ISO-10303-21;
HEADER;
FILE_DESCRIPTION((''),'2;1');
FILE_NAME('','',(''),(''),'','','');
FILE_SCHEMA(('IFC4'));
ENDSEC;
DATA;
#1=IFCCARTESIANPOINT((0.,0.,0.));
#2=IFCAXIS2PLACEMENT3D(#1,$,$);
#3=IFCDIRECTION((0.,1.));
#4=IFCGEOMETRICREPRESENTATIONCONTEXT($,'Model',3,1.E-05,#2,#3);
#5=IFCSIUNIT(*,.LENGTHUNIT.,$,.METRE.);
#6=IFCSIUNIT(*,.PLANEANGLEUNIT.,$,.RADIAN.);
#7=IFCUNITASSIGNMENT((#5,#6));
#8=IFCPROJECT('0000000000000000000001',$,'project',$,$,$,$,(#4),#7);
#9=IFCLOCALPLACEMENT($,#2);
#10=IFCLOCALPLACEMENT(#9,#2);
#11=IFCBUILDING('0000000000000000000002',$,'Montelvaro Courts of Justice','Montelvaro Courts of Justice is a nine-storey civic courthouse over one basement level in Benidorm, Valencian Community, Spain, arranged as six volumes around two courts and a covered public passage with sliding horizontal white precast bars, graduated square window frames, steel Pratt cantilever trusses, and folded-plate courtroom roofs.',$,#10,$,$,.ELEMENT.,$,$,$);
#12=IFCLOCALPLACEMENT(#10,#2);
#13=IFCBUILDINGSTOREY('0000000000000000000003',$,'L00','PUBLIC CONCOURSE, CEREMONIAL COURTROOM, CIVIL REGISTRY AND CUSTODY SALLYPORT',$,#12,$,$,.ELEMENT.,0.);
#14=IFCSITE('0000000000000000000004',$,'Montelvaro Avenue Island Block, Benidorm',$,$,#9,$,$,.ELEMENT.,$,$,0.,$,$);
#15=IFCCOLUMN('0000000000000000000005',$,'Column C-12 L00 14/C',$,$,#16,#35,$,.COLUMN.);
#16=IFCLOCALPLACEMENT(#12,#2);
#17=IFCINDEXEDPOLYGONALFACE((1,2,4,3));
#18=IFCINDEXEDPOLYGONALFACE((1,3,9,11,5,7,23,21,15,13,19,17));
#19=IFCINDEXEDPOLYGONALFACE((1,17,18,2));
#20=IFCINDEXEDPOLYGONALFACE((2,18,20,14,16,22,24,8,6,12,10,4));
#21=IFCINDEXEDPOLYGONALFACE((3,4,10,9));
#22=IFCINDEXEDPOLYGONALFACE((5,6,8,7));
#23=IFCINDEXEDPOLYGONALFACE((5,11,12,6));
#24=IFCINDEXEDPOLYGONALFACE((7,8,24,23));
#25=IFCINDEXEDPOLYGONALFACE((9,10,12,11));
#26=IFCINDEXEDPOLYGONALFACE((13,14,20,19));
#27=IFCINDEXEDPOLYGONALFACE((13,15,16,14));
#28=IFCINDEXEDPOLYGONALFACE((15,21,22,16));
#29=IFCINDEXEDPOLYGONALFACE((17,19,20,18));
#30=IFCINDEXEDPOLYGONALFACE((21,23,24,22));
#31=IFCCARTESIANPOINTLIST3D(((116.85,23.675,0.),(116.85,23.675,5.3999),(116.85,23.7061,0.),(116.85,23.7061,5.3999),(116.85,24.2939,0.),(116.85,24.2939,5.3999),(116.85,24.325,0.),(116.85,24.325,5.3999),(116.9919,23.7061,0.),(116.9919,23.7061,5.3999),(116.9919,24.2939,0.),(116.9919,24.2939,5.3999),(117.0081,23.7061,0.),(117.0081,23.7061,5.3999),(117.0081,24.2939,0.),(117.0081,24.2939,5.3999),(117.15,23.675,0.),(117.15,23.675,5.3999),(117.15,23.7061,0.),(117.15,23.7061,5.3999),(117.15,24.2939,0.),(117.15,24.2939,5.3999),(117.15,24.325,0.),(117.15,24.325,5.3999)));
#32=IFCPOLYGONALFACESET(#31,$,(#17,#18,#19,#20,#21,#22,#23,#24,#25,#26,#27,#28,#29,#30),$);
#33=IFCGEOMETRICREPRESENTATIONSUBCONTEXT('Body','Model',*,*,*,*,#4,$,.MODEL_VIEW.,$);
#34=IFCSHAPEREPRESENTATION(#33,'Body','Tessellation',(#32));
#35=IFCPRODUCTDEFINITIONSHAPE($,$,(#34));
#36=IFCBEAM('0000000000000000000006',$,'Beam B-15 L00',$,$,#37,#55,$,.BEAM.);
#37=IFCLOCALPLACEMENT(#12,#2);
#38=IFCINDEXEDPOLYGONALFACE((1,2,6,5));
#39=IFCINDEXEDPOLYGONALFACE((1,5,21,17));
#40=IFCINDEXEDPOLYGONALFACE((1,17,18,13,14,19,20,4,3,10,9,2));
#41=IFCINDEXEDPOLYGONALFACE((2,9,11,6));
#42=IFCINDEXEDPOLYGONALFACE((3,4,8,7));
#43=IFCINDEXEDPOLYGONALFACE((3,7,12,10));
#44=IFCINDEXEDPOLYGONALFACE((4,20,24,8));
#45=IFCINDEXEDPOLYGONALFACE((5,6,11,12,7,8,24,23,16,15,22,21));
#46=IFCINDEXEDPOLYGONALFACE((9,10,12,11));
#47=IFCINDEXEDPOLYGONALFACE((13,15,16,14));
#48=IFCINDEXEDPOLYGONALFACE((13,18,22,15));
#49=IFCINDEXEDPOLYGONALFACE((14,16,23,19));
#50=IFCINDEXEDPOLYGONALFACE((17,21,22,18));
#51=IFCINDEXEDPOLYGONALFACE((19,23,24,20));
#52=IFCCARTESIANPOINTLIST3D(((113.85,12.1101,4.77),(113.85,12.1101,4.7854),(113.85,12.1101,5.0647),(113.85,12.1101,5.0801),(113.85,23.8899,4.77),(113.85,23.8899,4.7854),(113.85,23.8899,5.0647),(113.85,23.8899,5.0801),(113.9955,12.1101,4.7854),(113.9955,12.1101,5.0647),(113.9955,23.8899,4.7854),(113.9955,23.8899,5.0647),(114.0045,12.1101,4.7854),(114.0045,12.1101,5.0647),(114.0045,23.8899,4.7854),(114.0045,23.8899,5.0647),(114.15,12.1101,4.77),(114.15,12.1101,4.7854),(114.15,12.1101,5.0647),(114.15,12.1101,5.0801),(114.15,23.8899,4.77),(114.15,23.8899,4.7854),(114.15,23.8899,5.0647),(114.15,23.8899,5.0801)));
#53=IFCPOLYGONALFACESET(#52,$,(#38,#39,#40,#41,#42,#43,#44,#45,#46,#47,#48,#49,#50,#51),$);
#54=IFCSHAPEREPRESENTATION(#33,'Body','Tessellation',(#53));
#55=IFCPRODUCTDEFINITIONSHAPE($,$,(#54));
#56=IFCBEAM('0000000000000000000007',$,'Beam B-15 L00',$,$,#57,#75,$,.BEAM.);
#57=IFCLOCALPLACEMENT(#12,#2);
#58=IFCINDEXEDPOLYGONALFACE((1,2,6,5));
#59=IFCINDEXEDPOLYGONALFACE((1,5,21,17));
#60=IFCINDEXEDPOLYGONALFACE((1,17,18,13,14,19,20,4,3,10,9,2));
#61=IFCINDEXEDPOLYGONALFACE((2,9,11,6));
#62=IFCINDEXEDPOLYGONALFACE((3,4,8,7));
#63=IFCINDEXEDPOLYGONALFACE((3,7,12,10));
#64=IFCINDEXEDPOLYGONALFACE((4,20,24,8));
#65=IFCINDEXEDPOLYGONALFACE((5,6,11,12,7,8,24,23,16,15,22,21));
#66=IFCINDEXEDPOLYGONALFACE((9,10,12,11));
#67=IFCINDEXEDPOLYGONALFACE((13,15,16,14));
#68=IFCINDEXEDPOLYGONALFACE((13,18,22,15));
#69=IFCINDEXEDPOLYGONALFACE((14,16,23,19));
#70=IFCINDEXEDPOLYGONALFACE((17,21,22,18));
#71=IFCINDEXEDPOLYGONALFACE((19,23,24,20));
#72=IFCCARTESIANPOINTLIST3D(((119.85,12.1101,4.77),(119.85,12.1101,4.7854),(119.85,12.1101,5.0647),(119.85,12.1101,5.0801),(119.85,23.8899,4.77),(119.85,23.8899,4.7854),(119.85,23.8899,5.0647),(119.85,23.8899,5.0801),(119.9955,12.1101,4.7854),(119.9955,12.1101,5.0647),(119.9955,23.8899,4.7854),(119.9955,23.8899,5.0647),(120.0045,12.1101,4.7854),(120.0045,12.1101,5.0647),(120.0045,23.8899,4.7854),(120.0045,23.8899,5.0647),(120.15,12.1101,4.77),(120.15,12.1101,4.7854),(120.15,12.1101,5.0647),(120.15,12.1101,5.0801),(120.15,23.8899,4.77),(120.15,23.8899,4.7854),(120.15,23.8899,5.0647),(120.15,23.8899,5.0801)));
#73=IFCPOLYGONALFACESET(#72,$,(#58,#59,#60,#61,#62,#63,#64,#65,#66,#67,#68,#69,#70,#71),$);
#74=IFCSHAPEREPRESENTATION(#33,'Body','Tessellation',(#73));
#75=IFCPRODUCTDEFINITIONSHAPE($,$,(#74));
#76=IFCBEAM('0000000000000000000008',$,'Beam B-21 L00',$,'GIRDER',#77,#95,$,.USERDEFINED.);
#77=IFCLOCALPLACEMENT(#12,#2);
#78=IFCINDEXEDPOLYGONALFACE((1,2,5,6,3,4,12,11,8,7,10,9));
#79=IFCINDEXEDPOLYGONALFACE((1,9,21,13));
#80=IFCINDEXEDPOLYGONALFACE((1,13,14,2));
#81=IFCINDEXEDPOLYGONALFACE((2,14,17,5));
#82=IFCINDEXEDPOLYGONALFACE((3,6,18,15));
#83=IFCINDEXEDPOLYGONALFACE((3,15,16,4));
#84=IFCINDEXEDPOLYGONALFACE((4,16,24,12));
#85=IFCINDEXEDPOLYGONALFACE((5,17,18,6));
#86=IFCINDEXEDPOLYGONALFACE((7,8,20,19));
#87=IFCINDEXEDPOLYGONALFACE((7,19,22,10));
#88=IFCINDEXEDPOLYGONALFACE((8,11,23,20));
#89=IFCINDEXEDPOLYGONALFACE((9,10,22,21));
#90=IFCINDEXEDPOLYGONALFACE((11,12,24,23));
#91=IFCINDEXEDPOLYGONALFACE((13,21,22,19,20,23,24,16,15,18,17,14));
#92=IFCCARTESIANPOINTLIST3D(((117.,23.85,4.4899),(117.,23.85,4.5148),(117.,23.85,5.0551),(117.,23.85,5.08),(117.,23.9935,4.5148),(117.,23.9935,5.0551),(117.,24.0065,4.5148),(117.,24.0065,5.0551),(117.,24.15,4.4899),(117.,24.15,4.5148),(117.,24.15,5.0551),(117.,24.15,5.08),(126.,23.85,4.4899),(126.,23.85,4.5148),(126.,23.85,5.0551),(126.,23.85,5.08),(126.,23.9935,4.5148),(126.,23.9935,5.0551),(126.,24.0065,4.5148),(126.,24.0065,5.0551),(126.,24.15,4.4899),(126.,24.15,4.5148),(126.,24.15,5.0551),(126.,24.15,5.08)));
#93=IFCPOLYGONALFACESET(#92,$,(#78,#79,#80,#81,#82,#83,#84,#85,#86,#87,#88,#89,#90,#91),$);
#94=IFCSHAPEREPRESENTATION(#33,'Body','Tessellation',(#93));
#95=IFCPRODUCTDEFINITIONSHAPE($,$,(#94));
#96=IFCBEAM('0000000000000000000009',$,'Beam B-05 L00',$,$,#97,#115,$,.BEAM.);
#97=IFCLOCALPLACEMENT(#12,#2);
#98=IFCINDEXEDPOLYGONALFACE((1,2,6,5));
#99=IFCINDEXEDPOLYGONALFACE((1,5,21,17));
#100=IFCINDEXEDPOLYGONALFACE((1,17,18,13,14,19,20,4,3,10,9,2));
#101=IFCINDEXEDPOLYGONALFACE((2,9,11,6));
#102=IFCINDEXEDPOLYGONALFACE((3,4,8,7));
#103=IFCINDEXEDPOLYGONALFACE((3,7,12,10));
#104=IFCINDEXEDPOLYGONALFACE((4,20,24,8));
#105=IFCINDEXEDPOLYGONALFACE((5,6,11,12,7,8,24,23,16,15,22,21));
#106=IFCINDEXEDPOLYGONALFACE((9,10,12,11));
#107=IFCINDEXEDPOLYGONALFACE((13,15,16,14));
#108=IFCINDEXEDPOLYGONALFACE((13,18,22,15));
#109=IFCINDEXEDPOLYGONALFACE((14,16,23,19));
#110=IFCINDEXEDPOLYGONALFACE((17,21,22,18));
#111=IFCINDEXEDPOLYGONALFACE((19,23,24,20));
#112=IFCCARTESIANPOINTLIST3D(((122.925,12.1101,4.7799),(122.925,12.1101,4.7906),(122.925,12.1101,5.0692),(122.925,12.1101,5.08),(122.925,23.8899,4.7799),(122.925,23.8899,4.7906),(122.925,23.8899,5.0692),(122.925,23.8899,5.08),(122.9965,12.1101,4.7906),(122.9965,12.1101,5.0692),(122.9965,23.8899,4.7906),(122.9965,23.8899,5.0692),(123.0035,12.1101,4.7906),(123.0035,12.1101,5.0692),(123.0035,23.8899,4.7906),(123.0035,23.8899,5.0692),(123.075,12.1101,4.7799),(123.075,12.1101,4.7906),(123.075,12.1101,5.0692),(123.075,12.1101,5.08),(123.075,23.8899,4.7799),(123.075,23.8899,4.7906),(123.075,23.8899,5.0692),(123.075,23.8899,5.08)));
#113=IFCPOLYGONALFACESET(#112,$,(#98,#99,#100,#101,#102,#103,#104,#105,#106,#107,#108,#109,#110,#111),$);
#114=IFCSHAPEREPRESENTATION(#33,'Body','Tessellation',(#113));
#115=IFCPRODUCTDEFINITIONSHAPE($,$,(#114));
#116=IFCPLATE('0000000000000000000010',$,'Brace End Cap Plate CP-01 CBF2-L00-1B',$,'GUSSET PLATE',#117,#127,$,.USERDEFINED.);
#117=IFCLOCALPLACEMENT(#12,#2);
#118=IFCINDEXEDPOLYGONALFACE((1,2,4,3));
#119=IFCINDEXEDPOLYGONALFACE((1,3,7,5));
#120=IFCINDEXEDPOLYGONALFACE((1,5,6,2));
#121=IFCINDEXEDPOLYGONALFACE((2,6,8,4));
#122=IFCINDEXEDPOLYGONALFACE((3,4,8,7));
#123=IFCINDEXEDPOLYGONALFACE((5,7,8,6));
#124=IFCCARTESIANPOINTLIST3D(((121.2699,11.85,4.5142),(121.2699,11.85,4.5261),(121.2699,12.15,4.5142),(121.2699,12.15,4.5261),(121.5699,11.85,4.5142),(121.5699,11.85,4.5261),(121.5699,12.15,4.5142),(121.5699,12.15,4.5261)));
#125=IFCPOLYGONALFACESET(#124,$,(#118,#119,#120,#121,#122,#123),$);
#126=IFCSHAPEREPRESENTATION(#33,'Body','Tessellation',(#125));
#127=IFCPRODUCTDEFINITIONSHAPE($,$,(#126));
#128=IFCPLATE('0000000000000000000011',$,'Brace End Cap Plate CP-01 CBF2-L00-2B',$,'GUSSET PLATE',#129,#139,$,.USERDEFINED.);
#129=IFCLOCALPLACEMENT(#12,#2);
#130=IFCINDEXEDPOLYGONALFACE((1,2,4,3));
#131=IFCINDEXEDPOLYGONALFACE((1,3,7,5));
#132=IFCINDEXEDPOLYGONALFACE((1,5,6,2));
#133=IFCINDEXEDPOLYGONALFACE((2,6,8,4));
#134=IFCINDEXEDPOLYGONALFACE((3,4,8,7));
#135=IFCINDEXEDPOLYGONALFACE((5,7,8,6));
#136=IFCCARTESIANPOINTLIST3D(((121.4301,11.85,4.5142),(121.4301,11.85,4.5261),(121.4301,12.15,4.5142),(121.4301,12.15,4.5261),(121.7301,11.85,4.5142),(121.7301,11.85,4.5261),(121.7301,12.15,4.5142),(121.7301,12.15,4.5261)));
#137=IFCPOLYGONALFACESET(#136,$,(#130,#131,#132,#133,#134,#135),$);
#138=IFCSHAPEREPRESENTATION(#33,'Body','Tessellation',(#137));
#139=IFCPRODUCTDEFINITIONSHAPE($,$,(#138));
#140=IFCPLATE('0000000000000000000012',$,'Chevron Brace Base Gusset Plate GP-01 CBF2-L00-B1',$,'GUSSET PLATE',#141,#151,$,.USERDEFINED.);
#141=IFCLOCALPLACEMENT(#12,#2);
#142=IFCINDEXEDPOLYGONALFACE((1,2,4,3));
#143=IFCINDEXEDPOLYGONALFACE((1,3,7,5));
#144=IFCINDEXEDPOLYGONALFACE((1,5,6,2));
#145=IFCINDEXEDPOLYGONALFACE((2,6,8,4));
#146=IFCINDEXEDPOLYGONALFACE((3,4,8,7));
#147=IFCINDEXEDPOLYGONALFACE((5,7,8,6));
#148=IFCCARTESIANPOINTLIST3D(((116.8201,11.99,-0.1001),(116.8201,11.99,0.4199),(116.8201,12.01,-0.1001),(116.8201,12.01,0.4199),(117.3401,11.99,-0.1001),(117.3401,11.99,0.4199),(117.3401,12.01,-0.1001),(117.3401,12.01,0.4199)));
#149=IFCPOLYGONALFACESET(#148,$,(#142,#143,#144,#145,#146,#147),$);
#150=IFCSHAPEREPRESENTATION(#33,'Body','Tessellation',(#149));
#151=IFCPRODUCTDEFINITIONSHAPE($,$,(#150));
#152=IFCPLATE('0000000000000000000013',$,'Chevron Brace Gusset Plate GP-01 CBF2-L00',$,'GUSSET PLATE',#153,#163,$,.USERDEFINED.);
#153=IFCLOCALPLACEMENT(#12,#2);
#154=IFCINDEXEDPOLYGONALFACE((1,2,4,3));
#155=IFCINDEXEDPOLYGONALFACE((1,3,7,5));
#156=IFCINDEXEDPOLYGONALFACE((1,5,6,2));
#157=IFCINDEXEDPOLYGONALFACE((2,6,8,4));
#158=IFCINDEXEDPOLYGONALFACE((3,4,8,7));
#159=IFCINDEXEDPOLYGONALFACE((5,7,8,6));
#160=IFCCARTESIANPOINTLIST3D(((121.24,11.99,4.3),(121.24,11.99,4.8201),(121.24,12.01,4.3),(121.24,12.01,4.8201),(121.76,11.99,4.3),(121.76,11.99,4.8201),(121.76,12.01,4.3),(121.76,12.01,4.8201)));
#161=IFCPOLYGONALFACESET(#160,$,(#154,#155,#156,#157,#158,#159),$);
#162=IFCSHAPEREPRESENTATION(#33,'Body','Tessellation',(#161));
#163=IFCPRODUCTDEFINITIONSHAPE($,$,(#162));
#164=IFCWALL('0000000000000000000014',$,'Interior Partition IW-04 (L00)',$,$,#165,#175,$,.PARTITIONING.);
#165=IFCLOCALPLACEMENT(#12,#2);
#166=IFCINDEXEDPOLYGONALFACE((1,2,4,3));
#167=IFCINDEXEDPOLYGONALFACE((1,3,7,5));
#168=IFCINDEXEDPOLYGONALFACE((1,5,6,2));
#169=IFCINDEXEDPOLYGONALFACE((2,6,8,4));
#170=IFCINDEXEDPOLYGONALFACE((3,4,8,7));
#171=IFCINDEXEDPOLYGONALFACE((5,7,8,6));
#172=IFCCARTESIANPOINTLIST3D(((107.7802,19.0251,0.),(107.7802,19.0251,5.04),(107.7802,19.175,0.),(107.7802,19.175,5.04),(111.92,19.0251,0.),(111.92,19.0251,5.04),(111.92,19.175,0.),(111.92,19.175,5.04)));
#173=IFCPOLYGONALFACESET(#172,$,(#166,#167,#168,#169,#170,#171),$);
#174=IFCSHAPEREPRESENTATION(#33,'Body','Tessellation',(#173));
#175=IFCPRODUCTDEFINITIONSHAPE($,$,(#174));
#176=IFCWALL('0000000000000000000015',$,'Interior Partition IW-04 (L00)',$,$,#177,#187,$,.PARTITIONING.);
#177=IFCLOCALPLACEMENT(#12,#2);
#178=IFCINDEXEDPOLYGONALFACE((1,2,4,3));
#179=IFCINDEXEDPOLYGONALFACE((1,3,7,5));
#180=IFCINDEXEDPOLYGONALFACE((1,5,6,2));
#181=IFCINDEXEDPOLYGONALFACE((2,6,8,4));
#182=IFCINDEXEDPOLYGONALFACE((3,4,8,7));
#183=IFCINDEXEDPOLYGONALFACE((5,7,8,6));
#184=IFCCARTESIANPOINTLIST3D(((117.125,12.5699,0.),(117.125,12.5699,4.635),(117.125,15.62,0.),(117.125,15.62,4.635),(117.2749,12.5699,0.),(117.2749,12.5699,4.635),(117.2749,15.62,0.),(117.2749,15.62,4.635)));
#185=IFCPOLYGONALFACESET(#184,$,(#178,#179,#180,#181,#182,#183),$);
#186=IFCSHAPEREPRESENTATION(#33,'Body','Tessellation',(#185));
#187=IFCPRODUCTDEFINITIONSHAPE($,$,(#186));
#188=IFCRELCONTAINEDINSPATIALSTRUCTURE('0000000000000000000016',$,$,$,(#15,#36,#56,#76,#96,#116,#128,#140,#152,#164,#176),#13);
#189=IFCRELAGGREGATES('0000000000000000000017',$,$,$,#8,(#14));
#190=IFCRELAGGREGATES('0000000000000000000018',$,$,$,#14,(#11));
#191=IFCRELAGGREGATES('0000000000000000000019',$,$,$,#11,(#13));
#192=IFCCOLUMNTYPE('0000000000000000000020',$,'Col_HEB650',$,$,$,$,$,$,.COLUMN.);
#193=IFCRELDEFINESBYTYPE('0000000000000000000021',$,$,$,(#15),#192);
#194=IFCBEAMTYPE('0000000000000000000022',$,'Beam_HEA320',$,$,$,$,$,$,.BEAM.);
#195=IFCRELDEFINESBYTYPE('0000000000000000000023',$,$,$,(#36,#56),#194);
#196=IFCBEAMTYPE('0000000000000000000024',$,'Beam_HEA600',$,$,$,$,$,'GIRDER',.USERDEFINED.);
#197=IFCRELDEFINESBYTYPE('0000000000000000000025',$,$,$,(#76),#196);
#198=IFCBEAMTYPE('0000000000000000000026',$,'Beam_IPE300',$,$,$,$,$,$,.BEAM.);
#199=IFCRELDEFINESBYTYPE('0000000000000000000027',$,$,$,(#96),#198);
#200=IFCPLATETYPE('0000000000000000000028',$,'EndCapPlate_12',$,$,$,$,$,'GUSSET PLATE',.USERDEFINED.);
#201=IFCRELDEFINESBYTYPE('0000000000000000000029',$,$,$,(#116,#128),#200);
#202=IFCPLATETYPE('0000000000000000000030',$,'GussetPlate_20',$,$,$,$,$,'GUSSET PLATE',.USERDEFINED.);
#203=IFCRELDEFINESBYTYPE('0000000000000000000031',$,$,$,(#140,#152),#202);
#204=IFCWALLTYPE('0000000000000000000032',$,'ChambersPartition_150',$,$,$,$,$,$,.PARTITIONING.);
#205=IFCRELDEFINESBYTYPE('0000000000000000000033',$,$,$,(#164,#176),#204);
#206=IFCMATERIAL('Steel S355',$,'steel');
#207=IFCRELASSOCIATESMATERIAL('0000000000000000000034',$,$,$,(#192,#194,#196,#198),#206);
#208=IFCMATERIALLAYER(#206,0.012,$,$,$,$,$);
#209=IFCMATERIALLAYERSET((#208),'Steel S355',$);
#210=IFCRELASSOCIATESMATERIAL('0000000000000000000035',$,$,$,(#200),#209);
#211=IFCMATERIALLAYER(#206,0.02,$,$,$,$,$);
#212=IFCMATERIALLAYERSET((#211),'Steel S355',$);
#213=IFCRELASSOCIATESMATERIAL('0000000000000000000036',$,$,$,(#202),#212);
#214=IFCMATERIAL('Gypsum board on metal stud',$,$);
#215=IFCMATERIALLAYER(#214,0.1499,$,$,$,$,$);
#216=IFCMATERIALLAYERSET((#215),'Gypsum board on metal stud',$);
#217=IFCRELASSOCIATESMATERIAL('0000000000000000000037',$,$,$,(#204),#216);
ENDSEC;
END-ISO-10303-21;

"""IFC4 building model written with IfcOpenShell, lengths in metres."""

from ifc_helpers import new_model, si_unit, direction, frame, frame_2d, origin, origin_2d, place, context, subcontext, project, spatial, rectangle, i_section, extrude, material, layer, layer_set, material_profile, profile_set, type_object, element, save


model = new_model("IFC4")

# Units and contexts
model_context = context("Model", 3, precision=1e-05, world=origin(), true_north=direction((0.0, 1.0)))
body_context = subcontext(model_context, "Body", "Model", "MODEL_VIEW")
ifc_project = project(units=[si_unit("LENGTHUNIT", "METRE"), si_unit("PLANEANGLEUNIT", "RADIAN")], contexts=[model_context])

# Site, building, storey
site_placement = place(None, origin())
site = spatial("IfcSite", under=ifc_project, at=site_placement, Name="Montelvaro Avenue Island Block, Benidorm", CompositionType="ELEMENT", RefElevation=0.0)
building_placement = place(site_placement, origin())
building = spatial("IfcBuilding", under=site, at=building_placement, Name="Montelvaro Courts of Justice", Description="Montelvaro Courts of Justice is a nine-storey civic courthouse over one basement level in Benidorm, Valencian Community, Spain, arranged as six volumes around two courts and a covered public passage with sliding horizontal white precast bars, graduated square window frames, steel Pratt cantilever trusses, and folded-plate courtroom roofs.", CompositionType="ELEMENT")
storey_placement = place(building_placement, origin())
storey = spatial("IfcBuildingStorey", under=building, at=storey_placement, Name="L00", Description="PUBLIC CONCOURSE, CEREMONIAL COURTROOM, CIVIL REGISTRY AND CUSTODY SALLYPORT", CompositionType="ELEMENT", Elevation=0.0)

# Column
ifc_material_1 = material(Name="Steel S355", Category="steel")
ifc_material_profile_1 = material_profile(ifc_material_1, i_section(OverallWidth=0.3, OverallDepth=0.6499, WebThickness=0.0161, FlangeThickness=0.031, at=origin_2d()), Name="HEB 650")
ifc_profile_set_1 = profile_set([ifc_material_profile_1], Name="Steel S355")
column_type = type_object("IfcColumnType", Name="Col_HEB650", PredefinedType="COLUMN", material=ifc_profile_set_1)
column_placement = place(storey_placement, frame((117.0, 24.0, 0.0), z_axis=(0.0, 0.0, 1.0), x_axis=(1.0, 0.0, 0.0)))
element("IfcColumn", 1, at=column_placement, inside=storey, type_object=column_type, Name="Column C-12 L00 14/C", PredefinedType="COLUMN", context=body_context, shape_type="SweptSolid", body=[
    extrude(i_section(OverallWidth=0.3, OverallDepth=0.6499, WebThickness=0.0161, FlangeThickness=0.031, at=origin_2d()), origin(), (0.0, 0.0, 1.0), 5.3999),
])

# Beams
ifc_material_profile_2 = material_profile(ifc_material_1, i_section(OverallWidth=0.3, OverallDepth=0.3101, WebThickness=0.009, FlangeThickness=0.0154, at=origin_2d()), Name="HEA 320")
ifc_profile_set_2 = profile_set([ifc_material_profile_2], Name="Steel S355")
beam_type_1 = type_object("IfcBeamType", Name="Beam_HEA320", PredefinedType="BEAM", material=ifc_profile_set_2)
for number, where, z_axis, x_axis, name in (
    (2, (114.0, 12.1101, 4.925), (0.0, 1.0, 0.0), (-1.0, 0.0, 0.0), "Beam B-15 L00"),
    (3, (120.0, 12.1101, 4.925), (0.0, 1.0, 0.0), (-1.0, 0.0, 0.0), "Beam B-15 L00"),
):
    element("IfcBeam", number, at=place(storey_placement, frame(where, z_axis=z_axis, x_axis=x_axis)), inside=storey, type_object=beam_type_1, Name=name, PredefinedType="BEAM", context=body_context, shape_type="SweptSolid", body=[
        extrude(i_section(OverallWidth=0.3, OverallDepth=0.3101, WebThickness=0.009, FlangeThickness=0.0154, at=origin_2d()), origin(), (0.0, 0.0, 1.0), 11.7798),
    ])
ifc_material_profile_3 = material_profile(ifc_material_1, i_section(OverallWidth=0.3, OverallDepth=0.5901, WebThickness=0.0129, FlangeThickness=0.0249, at=origin_2d()), Name="HEA 600")
ifc_profile_set_3 = profile_set([ifc_material_profile_3], Name="Steel S355")
beam_type_2 = type_object("IfcBeamType", Name="Beam_HEA600", ElementType="GIRDER", PredefinedType="USERDEFINED", material=ifc_profile_set_3)
beam_1_placement = place(storey_placement, frame((117.0, 24.0, 4.7849), z_axis=(1.0, 0.0, 0.0), x_axis=(0.0, 1.0, 0.0)))
element("IfcBeam", 4, at=beam_1_placement, inside=storey, type_object=beam_type_2, Name="Beam B-21 L00", ObjectType="GIRDER", PredefinedType="USERDEFINED", context=body_context, shape_type="SweptSolid", body=[
    extrude(i_section(OverallWidth=0.3, OverallDepth=0.5901, WebThickness=0.0129, FlangeThickness=0.0249, at=origin_2d()), origin(), (0.0, 0.0, 1.0), 9.0),
])
ifc_material_profile_4 = material_profile(ifc_material_1, i_section(OverallWidth=0.1499, OverallDepth=0.3, WebThickness=0.0071, FlangeThickness=0.0107, at=origin_2d()), Name="IPE 300")
ifc_profile_set_4 = profile_set([ifc_material_profile_4], Name="Steel S355")
beam_type_3 = type_object("IfcBeamType", Name="Beam_IPE300", PredefinedType="BEAM", material=ifc_profile_set_4)
beam_2_placement = place(storey_placement, frame((123.0, 12.1101, 4.9299), z_axis=(0.0, 1.0, 0.0), x_axis=(-1.0, 0.0, 0.0)))
element("IfcBeam", 5, at=beam_2_placement, inside=storey, type_object=beam_type_3, Name="Beam B-05 L00", PredefinedType="BEAM", context=body_context, shape_type="SweptSolid", body=[
    extrude(i_section(OverallWidth=0.1499, OverallDepth=0.3, WebThickness=0.0071, FlangeThickness=0.0107, at=origin_2d()), origin(), (0.0, 0.0, 1.0), 11.7798),
])

# Plates
ifc_layer_1 = layer(ifc_material_1, 0.012)
ifc_layer_set_1 = layer_set([ifc_layer_1], Name="Steel S355")
plate_type_1 = type_object("IfcPlateType", Name="EndCapPlate_12", ElementType="GUSSET PLATE", PredefinedType="USERDEFINED", material=ifc_layer_set_1)
for number, where, z_axis, x_axis, name in (
    (6, (121.4199, 12.0, 4.5142), (0.0, 0.0, 1.0), (1.0, 0.0, 0.0), "Brace End Cap Plate CP-01 CBF2-L00-1B"),
    (7, (121.5801, 12.0, 4.5142), (0.0, 0.0, 1.0), (1.0, 0.0, 0.0), "Brace End Cap Plate CP-01 CBF2-L00-2B"),
):
    element("IfcPlate", number, at=place(storey_placement, frame(where, z_axis=z_axis, x_axis=x_axis)), inside=storey, type_object=plate_type_1, Name=name, ObjectType="GUSSET PLATE", PredefinedType="USERDEFINED", context=body_context, shape_type="SweptSolid", body=[
        extrude(rectangle(XDim=0.3, YDim=0.3, at=origin_2d()), origin(), (0.0, 0.0, 1.0), 0.012),
    ])
ifc_layer_2 = layer(ifc_material_1, 0.02)
ifc_layer_set_2 = layer_set([ifc_layer_2], Name="Steel S355")
plate_type_2 = type_object("IfcPlateType", Name="GussetPlate_20", ElementType="GUSSET PLATE", PredefinedType="USERDEFINED", material=ifc_layer_set_2)
for number, where, z_axis, x_axis, name in (
    (8, (117.0801, 12.0, -0.1001), (0.0, 0.0, 1.0), (1.0, 0.0, 0.0), "Chevron Brace Base Gusset Plate GP-01 CBF2-L00-B1"),
    (9, (121.5, 12.0, 4.3), (0.0, 0.0, 1.0), (1.0, 0.0, 0.0), "Chevron Brace Gusset Plate GP-01 CBF2-L00"),
):
    element("IfcPlate", number, at=place(storey_placement, frame(where, z_axis=z_axis, x_axis=x_axis)), inside=storey, type_object=plate_type_2, Name=name, ObjectType="GUSSET PLATE", PredefinedType="USERDEFINED", context=body_context, shape_type="SweptSolid", body=[
        extrude(rectangle(XDim=0.52, YDim=0.02, at=origin_2d()), origin(), (0.0, 0.0, 1.0), 0.52),
    ])

# Walls
ifc_material_2 = material(Name="Gypsum board on metal stud")
ifc_layer_3 = layer(ifc_material_2, 0.1499)
ifc_layer_set_3 = layer_set([ifc_layer_3], Name="Gypsum board on metal stud")
wall_type_1 = type_object("IfcWallType", Name="ChambersPartition_150", PredefinedType="PARTITIONING", material=ifc_layer_set_3)
wall_1_placement = place(storey_placement, frame((111.9199, 19.1001, 0.0), z_axis=(0.0, 0.0, 1.0), x_axis=(-1.0, 0.0, 0.0)))
element("IfcWall", 10, at=wall_1_placement, inside=storey, type_object=wall_type_1, Name="Interior Partition IW-04 (L00)", PredefinedType="PARTITIONING", context=body_context, shape_type="SweptSolid", body=[
    extrude(rectangle(XDim=4.1399, YDim=0.1499, at=frame_2d((2.0698, 0.0))), origin(), (0.0, 0.0, 1.0), 5.04),
])
wall_2_placement = place(storey_placement, frame((117.2, 12.5701, 0.0), z_axis=(0.0, 0.0, 1.0), x_axis=(0.0, 1.0, 0.0)))
element("IfcWall", 11, at=wall_2_placement, inside=storey, type_object=wall_type_1, Name="Interior Partition IW-04 (L00)", PredefinedType="PARTITIONING", context=body_context, shape_type="SweptSolid", body=[
    extrude(rectangle(XDim=3.05, YDim=0.1499, at=frame_2d((1.5249, 0.0))), origin(), (0.0, 0.0, 1.0), 4.635),
])

save(model, "model.ifc")
